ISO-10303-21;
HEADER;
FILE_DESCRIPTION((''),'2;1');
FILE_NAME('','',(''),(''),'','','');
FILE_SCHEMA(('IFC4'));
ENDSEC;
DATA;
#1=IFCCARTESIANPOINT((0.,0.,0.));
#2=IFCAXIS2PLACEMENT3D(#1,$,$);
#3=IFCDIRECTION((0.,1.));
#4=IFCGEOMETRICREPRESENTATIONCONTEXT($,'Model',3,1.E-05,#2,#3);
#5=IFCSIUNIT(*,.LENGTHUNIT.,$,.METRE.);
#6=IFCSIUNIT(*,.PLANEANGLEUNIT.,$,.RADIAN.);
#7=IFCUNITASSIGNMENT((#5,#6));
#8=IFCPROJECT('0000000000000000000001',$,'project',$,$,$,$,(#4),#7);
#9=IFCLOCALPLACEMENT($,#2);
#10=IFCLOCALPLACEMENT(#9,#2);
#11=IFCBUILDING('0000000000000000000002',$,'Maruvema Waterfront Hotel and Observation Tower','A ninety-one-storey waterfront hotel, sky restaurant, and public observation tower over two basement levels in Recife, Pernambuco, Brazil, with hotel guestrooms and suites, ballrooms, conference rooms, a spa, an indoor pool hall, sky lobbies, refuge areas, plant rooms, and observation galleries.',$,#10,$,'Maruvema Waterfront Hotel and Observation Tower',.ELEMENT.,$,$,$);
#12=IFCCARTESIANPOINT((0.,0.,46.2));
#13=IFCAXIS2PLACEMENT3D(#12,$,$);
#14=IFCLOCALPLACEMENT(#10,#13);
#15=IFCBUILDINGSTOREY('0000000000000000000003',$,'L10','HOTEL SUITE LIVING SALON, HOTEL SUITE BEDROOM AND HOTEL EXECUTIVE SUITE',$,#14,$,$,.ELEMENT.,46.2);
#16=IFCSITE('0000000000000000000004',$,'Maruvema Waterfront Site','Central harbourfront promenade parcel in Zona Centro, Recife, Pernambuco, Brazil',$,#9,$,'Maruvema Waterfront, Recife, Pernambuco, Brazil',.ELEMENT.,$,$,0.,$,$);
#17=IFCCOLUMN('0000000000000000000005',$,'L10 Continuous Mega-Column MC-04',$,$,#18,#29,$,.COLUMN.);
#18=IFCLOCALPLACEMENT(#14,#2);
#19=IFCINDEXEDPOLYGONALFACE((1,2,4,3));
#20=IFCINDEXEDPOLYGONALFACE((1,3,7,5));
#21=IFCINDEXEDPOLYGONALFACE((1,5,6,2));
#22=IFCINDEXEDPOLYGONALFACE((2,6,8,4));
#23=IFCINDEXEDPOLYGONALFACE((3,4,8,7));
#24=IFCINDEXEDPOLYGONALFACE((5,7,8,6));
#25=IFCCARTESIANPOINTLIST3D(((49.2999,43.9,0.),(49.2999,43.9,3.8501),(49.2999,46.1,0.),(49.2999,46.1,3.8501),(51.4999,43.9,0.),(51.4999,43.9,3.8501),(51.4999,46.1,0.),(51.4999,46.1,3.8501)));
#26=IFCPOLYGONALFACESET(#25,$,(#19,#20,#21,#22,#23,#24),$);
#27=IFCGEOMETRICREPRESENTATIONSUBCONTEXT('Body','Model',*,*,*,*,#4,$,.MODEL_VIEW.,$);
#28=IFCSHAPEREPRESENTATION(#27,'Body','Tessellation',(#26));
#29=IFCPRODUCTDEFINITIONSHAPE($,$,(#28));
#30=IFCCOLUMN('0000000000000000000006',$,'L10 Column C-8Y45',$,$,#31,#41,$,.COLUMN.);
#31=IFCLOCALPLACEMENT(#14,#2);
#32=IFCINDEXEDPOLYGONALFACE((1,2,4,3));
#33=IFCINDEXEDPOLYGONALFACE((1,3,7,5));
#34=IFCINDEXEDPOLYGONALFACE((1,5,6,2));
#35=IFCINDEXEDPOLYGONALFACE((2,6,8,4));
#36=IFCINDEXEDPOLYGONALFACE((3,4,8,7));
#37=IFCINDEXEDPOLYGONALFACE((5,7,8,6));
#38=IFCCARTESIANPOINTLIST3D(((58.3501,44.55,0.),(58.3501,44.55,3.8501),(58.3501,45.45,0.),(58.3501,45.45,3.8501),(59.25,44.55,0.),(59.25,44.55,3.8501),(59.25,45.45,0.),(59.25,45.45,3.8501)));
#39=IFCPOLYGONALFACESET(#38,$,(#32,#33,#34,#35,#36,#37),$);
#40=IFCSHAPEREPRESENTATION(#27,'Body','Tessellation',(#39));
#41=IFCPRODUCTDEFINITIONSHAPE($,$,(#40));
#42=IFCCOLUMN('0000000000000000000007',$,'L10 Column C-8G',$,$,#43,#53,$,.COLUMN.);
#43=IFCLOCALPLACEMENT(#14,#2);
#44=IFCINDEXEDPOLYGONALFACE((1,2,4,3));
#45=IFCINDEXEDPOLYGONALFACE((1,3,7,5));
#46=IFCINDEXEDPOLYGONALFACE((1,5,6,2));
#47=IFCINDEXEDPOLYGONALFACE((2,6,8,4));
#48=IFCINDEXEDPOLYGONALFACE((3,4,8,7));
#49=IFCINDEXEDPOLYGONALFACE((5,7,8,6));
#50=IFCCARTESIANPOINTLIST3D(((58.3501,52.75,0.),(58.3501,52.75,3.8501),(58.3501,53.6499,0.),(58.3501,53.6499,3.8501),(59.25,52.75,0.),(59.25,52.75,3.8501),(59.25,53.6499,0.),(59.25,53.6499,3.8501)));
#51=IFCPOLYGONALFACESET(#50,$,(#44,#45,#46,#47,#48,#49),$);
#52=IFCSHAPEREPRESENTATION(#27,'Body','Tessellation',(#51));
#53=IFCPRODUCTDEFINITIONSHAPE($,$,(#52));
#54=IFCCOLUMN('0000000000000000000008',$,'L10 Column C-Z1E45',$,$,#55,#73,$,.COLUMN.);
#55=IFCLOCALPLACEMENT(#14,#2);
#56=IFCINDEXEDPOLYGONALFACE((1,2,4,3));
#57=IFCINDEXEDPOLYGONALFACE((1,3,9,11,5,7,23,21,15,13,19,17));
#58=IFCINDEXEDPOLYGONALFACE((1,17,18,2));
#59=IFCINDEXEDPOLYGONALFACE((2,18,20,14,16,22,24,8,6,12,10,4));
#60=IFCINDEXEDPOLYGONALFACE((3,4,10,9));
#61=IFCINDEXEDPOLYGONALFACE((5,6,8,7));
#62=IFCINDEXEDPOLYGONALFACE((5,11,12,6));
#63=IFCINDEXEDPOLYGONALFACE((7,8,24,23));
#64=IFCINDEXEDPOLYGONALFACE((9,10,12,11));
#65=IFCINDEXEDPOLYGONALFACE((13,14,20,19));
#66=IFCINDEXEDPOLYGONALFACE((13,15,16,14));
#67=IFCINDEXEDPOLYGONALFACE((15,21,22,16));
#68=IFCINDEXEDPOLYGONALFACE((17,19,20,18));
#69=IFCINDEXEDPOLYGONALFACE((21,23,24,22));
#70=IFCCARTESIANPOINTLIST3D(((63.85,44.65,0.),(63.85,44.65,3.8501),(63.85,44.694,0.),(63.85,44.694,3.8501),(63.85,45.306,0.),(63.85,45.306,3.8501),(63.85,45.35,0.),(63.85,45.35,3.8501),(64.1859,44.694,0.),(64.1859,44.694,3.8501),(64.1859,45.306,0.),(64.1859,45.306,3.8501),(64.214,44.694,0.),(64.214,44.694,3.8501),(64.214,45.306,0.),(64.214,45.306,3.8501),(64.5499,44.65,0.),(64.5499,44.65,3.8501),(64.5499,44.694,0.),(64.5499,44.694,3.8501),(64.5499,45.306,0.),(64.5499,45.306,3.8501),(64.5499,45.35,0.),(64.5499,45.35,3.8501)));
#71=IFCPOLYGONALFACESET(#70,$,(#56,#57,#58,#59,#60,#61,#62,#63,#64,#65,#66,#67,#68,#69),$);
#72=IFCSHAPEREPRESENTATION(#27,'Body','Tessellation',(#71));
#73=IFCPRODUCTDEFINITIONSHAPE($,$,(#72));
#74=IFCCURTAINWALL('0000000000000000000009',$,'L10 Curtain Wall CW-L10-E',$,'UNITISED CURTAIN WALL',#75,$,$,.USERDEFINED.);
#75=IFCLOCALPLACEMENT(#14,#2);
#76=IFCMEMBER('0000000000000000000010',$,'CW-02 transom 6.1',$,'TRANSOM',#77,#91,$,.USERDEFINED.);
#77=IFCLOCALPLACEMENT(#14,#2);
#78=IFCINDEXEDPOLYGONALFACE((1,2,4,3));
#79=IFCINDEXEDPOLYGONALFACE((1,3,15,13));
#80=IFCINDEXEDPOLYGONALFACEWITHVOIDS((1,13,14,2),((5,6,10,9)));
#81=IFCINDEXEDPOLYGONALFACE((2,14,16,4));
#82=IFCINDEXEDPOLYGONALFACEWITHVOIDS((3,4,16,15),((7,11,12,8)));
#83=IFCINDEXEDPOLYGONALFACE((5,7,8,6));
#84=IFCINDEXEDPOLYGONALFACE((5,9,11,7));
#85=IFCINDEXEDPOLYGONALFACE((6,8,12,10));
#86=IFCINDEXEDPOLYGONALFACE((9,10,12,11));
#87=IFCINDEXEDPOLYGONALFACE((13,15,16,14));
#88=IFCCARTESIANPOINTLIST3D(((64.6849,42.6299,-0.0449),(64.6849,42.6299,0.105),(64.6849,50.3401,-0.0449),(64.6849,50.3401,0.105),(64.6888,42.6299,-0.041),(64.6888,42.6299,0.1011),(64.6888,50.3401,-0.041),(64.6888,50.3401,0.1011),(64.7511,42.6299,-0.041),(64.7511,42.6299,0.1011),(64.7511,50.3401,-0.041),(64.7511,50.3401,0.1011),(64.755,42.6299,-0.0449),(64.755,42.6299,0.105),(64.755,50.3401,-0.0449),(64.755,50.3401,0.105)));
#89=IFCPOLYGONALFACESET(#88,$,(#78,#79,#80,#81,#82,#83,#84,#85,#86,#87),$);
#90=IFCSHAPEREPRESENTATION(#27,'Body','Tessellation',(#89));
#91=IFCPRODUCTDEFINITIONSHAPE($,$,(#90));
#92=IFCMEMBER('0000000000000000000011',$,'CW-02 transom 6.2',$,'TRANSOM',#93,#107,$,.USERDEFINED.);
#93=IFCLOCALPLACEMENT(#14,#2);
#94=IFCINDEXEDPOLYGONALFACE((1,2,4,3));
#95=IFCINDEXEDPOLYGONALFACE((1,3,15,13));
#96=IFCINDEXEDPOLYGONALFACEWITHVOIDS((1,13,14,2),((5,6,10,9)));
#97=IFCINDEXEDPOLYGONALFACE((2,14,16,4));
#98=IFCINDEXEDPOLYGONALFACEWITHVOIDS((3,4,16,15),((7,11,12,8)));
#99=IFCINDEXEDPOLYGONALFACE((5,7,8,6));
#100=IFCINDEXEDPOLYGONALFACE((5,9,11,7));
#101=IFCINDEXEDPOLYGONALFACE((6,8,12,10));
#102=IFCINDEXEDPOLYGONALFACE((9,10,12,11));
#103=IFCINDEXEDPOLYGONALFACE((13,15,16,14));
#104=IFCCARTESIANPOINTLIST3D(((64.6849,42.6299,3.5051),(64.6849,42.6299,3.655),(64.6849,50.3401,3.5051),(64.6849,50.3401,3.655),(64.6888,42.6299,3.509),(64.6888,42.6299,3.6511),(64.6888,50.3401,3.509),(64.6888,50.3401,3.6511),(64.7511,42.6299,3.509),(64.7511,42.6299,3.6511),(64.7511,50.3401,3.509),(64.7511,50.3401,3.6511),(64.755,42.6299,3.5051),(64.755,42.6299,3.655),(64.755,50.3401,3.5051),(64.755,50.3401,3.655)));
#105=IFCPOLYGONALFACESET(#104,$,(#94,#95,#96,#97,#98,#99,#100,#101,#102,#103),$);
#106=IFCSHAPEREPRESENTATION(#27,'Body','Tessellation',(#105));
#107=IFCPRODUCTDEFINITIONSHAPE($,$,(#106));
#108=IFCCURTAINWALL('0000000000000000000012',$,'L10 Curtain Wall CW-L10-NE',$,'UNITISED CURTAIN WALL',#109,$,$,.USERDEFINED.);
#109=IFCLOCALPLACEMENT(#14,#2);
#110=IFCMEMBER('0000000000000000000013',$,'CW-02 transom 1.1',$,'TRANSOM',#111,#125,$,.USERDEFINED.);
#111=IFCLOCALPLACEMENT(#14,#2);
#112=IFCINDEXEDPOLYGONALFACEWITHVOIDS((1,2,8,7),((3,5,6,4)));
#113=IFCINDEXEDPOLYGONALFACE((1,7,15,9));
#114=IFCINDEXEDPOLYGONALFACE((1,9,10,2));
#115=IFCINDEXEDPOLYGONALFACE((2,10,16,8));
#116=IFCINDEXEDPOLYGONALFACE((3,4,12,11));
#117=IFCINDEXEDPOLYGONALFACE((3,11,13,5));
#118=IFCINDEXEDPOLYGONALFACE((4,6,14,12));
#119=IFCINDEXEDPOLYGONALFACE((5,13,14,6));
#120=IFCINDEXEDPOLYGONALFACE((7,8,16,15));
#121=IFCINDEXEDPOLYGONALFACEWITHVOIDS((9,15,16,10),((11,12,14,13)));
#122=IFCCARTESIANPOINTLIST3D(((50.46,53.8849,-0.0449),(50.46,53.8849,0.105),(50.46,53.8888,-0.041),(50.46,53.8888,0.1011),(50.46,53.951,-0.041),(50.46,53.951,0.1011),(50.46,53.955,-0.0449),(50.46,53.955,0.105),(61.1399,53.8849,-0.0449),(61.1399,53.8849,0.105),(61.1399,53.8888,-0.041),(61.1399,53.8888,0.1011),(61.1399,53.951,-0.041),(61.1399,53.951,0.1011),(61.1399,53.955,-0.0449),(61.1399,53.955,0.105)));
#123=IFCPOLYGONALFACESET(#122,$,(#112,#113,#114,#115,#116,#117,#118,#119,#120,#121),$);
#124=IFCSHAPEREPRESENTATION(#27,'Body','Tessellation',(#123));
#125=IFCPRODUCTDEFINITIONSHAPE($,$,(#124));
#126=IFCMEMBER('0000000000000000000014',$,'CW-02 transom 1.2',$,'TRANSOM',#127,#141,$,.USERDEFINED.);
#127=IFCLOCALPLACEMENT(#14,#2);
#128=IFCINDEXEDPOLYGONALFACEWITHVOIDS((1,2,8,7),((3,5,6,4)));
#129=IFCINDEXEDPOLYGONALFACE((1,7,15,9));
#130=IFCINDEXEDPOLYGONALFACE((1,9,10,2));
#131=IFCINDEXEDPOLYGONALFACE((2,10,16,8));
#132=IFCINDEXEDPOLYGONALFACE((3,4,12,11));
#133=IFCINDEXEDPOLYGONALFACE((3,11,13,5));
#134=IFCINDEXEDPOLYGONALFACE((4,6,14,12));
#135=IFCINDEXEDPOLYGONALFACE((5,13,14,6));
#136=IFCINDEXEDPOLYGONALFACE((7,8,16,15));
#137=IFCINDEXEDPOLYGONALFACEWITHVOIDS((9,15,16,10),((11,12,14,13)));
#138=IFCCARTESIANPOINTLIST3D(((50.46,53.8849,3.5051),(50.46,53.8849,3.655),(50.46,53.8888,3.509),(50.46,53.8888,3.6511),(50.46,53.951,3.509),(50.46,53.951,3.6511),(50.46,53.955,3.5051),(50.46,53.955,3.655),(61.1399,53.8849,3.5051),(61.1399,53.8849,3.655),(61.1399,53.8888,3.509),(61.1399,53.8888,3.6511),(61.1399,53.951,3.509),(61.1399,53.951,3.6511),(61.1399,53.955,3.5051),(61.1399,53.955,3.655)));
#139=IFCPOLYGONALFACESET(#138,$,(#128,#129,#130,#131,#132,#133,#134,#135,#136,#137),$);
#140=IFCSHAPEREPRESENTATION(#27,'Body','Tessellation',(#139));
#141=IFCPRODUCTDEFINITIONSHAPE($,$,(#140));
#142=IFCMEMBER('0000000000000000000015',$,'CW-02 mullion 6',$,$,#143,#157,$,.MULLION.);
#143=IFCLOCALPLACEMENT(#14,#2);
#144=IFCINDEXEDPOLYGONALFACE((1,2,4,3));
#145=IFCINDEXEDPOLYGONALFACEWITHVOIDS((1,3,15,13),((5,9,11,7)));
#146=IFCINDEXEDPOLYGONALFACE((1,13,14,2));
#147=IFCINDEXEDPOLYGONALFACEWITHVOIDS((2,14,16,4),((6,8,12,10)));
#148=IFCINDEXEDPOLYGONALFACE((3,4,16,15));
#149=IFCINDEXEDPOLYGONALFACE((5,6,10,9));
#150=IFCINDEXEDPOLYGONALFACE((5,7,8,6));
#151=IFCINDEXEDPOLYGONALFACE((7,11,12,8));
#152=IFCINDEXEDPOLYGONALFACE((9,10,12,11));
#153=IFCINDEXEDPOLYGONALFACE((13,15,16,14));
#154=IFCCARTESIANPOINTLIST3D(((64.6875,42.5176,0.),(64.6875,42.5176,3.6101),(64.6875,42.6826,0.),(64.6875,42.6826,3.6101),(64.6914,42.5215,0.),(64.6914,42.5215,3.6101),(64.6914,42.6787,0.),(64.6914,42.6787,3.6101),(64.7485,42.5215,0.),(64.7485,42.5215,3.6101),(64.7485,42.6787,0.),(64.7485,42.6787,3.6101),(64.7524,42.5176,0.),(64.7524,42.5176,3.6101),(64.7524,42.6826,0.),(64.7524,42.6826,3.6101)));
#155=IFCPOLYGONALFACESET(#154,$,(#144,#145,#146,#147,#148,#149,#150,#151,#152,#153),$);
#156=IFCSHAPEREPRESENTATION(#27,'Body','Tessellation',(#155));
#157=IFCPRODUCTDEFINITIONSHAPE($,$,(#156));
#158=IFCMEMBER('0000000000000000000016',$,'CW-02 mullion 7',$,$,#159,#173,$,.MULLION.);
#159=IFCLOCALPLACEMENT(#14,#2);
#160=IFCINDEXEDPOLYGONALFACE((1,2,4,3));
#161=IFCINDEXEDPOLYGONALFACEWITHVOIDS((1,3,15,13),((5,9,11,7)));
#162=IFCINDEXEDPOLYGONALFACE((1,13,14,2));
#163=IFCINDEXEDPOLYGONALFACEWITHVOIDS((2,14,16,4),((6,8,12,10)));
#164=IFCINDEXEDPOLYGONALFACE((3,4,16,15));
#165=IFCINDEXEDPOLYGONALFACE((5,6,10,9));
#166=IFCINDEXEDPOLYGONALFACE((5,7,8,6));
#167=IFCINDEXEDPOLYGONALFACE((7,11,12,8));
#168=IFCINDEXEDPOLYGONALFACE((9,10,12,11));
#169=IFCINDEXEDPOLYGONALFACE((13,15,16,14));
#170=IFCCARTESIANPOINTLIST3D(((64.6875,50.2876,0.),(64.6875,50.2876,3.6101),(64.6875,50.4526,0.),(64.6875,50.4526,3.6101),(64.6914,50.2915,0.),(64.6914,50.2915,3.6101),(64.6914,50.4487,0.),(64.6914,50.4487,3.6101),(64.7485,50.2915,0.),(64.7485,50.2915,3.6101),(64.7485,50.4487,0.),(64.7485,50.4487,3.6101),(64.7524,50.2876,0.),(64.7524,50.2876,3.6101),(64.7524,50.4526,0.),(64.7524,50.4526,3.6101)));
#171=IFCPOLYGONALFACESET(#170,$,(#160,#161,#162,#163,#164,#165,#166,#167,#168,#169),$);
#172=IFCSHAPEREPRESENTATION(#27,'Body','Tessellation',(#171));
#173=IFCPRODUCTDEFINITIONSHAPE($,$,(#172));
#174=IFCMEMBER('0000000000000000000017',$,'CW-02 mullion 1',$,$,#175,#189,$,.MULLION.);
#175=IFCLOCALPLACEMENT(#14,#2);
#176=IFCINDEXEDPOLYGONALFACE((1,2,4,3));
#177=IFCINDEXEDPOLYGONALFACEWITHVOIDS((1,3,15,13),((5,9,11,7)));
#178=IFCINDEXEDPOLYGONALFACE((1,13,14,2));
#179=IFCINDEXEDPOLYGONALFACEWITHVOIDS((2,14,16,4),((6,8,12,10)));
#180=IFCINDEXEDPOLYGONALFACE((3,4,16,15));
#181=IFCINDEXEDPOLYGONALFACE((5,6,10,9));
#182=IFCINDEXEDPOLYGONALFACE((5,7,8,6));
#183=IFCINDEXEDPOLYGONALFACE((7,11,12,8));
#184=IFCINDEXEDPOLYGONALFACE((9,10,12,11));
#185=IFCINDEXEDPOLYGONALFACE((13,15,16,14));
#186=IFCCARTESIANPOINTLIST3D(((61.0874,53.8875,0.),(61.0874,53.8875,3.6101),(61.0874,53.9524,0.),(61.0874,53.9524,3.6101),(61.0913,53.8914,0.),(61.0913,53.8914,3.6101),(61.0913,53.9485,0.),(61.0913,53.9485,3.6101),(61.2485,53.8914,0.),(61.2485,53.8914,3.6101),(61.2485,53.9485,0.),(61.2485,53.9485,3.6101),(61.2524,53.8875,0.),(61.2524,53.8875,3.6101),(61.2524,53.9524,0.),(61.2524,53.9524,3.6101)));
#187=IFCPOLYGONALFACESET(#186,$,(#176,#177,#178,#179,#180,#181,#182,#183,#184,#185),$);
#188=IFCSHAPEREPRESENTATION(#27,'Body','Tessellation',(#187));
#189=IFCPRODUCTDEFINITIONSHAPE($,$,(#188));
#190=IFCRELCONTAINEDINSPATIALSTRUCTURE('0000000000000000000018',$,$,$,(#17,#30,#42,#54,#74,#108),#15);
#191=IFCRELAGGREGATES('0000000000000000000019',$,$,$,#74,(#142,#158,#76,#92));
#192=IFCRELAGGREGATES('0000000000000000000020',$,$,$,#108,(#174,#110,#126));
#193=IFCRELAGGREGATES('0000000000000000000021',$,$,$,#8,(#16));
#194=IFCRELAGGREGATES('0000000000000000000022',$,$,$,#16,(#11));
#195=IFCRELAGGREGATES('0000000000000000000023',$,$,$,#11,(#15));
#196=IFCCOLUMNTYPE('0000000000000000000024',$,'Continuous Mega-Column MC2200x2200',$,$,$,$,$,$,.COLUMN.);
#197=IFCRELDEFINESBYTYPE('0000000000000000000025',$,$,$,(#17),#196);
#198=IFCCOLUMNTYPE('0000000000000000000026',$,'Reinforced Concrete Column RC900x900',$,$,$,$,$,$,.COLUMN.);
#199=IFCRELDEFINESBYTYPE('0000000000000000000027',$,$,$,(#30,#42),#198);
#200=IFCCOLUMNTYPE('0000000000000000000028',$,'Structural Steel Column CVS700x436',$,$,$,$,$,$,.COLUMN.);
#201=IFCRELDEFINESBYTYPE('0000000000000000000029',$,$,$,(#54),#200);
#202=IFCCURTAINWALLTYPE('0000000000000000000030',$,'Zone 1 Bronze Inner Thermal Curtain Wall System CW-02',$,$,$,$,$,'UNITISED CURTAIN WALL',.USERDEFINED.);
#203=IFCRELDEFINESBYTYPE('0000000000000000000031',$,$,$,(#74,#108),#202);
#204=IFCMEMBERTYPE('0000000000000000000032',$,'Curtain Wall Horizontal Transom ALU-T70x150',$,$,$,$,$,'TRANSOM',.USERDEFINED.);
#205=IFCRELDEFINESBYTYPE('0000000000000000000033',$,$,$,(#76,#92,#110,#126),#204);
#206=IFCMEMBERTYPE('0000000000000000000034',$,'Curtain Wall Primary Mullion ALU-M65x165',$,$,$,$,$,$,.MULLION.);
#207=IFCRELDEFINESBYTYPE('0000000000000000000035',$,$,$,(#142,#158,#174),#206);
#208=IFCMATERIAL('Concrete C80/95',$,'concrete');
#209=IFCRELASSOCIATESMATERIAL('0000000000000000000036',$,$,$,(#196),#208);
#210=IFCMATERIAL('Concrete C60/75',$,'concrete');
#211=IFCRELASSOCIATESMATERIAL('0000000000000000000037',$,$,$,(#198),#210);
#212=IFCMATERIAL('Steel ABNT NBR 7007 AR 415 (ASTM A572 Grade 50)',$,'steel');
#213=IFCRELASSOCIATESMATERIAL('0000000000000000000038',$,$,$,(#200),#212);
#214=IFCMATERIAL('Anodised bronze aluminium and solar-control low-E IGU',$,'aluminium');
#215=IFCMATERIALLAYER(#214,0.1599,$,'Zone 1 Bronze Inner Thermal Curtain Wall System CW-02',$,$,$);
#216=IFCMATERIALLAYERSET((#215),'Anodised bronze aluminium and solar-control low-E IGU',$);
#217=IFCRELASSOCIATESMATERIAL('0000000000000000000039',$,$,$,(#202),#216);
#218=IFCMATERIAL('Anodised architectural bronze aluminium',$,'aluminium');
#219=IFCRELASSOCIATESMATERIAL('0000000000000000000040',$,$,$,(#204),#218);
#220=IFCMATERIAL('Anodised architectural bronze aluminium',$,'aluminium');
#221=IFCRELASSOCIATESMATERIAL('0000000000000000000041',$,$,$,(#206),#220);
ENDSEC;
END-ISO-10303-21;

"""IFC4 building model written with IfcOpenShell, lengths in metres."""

from ifc_helpers import new_model, si_unit, direction, frame, origin, origin_2d, place, context, subcontext, project, spatial, rectangle, hollow_rectangle, i_section, extrude, material, layer, layer_set, material_profile, profile_set, type_object, element, aggregate, save


model = new_model("IFC4")

# Units and contexts
model_context = context("Model", 3, precision=1e-05, world=origin(), true_north=direction((0.0, 1.0)))
body_context = subcontext(model_context, "Body", "Model", "MODEL_VIEW")
ifc_project = project(units=[si_unit("LENGTHUNIT", "METRE"), si_unit("PLANEANGLEUNIT", "RADIAN")], contexts=[model_context])

# Site, building, storey
site_placement = place(None, origin())
site = spatial("IfcSite", under=ifc_project, at=site_placement, Name="Maruvema Waterfront Site", Description="Central harbourfront promenade parcel in Zona Centro, Recife, Pernambuco, Brazil", LongName="Maruvema Waterfront, Recife, Pernambuco, Brazil", CompositionType="ELEMENT", RefElevation=0.0)
building_placement = place(site_placement, origin())
building = spatial("IfcBuilding", under=site, at=building_placement, Name="Maruvema Waterfront Hotel and Observation Tower", Description="A ninety-one-storey waterfront hotel, sky restaurant, and public observation tower over two basement levels in Recife, Pernambuco, Brazil, with hotel guestrooms and suites, ballrooms, conference rooms, a spa, an indoor pool hall, sky lobbies, refuge areas, plant rooms, and observation galleries.", LongName="Maruvema Waterfront Hotel and Observation Tower", CompositionType="ELEMENT")
storey_placement = place(building_placement, frame((0.0, 0.0, 46.2)))
storey = spatial("IfcBuildingStorey", under=building, at=storey_placement, Name="L10", Description="HOTEL SUITE LIVING SALON, HOTEL SUITE BEDROOM AND HOTEL EXECUTIVE SUITE", CompositionType="ELEMENT", Elevation=46.2)

# Columns
ifc_material_1 = material(Name="Concrete C80/95", Category="concrete")
ifc_material_profile_1 = material_profile(ifc_material_1, rectangle(XDim=2.2, YDim=2.2, at=origin_2d()), Name="MC2200x2200")
ifc_profile_set_1 = profile_set([ifc_material_profile_1], Name="Concrete C80/95")
column_type_1 = type_object("IfcColumnType", Name="Continuous Mega-Column MC2200x2200", PredefinedType="COLUMN", material=ifc_profile_set_1)
column_1_placement = place(storey_placement, frame((50.3999, 45.0, 0.0), z_axis=(0.0, 0.0, 1.0), x_axis=(1.0, 0.0, 0.0)))
element("IfcColumn", 1, at=column_1_placement, inside=storey, type_object=column_type_1, Name="L10 Continuous Mega-Column MC-04", PredefinedType="COLUMN", context=body_context, shape_type="SweptSolid", body=[
    extrude(rectangle(XDim=2.2, YDim=2.2, at=origin_2d()), origin(), (0.0, 0.0, 1.0), 3.8501),
])
ifc_material_2 = material(Name="Concrete C60/75", Category="concrete")
ifc_material_profile_2 = material_profile(ifc_material_2, rectangle(XDim=0.8999, YDim=0.8999, at=origin_2d()), Name="RC900x900")
ifc_profile_set_2 = profile_set([ifc_material_profile_2], Name="Concrete C60/75")
column_type_2 = type_object("IfcColumnType", Name="Reinforced Concrete Column RC900x900", PredefinedType="COLUMN", material=ifc_profile_set_2)
for number, where, z_axis, x_axis, name in (
    (2, (58.8, 45.0, 0.0), (0.0, 0.0, 1.0), (1.0, 0.0, 0.0), "L10 Column C-8Y45"),
    (3, (58.8, 53.2, 0.0), (0.0, 0.0, 1.0), (1.0, 0.0, 0.0), "L10 Column C-8G"),
):
    element("IfcColumn", number, at=place(storey_placement, frame(where, z_axis=z_axis, x_axis=x_axis)), inside=storey, type_object=column_type_2, Name=name, PredefinedType="COLUMN", context=body_context, shape_type="SweptSolid", body=[
        extrude(rectangle(XDim=0.8999, YDim=0.8999, at=origin_2d()), origin(), (0.0, 0.0, 1.0), 3.8501),
    ])
ifc_material_3 = material(Name="Steel ABNT NBR 7007 AR 415 (ASTM A572 Grade 50)", Category="steel")
ifc_material_profile_3 = material_profile(ifc_material_3, i_section(OverallWidth=0.7, OverallDepth=0.7, WebThickness=0.0281, FlangeThickness=0.0439, at=origin_2d()), Name="CVS700x436")
ifc_profile_set_3 = profile_set([ifc_material_profile_3], Name="Steel ABNT NBR 7007 AR 415 (ASTM A572 Grade 50)")
column_type_3 = type_object("IfcColumnType", Name="Structural Steel Column CVS700x436", PredefinedType="COLUMN", material=ifc_profile_set_3)
column_2_placement = place(storey_placement, frame((64.2, 45.0, 0.0), z_axis=(0.0, 0.0, 1.0), x_axis=(1.0, 0.0, 0.0)))
element("IfcColumn", 4, at=column_2_placement, inside=storey, type_object=column_type_3, Name="L10 Column C-Z1E45", PredefinedType="COLUMN", context=body_context, shape_type="SweptSolid", body=[
    extrude(i_section(OverallWidth=0.7, OverallDepth=0.7, WebThickness=0.0281, FlangeThickness=0.0439, at=origin_2d()), origin(), (0.0, 0.0, 1.0), 3.8501),
])

# Curtain walls, members
ifc_material_4 = material(Name="Anodised bronze aluminium and solar-control low-E IGU", Category="aluminium")
ifc_layer_1 = layer(ifc_material_4, 0.1599, Name="Zone 1 Bronze Inner Thermal Curtain Wall System CW-02")
ifc_layer_set_1 = layer_set([ifc_layer_1], Name="Anodised bronze aluminium and solar-control low-E IGU")
curtain_wall_type = type_object("IfcCurtainWallType", Name="Zone 1 Bronze Inner Thermal Curtain Wall System CW-02", ElementType="UNITISED CURTAIN WALL", PredefinedType="USERDEFINED", material=ifc_layer_set_1)
curtain_wall_1_placement = place(storey_placement, origin())
curtain_wall_1 = element("IfcCurtainWall", 5, at=curtain_wall_1_placement, inside=storey, type_object=curtain_wall_type, Name="L10 Curtain Wall CW-L10-E", ObjectType="UNITISED CURTAIN WALL", PredefinedType="USERDEFINED")
ifc_material_5 = material(Name="Anodised architectural bronze aluminium", Category="aluminium")
ifc_material_profile_4 = material_profile(ifc_material_5, hollow_rectangle(XDim=0.0701, YDim=0.1499, WallThickness=0.0039, at=origin_2d()), Name="ALU-T70x150")
ifc_profile_set_4 = profile_set([ifc_material_profile_4], Name="Anodised architectural bronze aluminium")
member_type_1 = type_object("IfcMemberType", Name="Curtain Wall Horizontal Transom ALU-T70x150", ElementType="TRANSOM", PredefinedType="USERDEFINED", material=ifc_profile_set_4)
member_1_placement = place(storey_placement, frame((64.72, 42.6299, 0.03), z_axis=(0.0, 1.0, 0.0), x_axis=(-1.0, 0.0, 0.0)))
member_1 = element("IfcMember", 6, at=member_1_placement, type_object=member_type_1, Name="CW-02 transom 6.1", ObjectType="TRANSOM", PredefinedType="USERDEFINED", context=body_context, shape_type="SweptSolid", body=[
    extrude(hollow_rectangle(XDim=0.0701, YDim=0.1499, WallThickness=0.0039, at=origin_2d()), origin(), (0.0, 0.0, 1.0), 7.7102),
])
member_2_placement = place(storey_placement, frame((64.72, 42.6299, 3.5801), z_axis=(0.0, 1.0, 0.0), x_axis=(-1.0, 0.0, 0.0)))
member_2 = element("IfcMember", 7, at=member_2_placement, type_object=member_type_1, Name="CW-02 transom 6.2", ObjectType="TRANSOM", PredefinedType="USERDEFINED", context=body_context, shape_type="SweptSolid", body=[
    extrude(hollow_rectangle(XDim=0.0701, YDim=0.1499, WallThickness=0.0039, at=origin_2d()), origin(), (0.0, 0.0, 1.0), 7.7102),
])
curtain_wall_2_placement = place(storey_placement, origin())
curtain_wall_2 = element("IfcCurtainWall", 8, at=curtain_wall_2_placement, inside=storey, type_object=curtain_wall_type, Name="L10 Curtain Wall CW-L10-NE", ObjectType="UNITISED CURTAIN WALL", PredefinedType="USERDEFINED")
member_3_placement = place(storey_placement, frame((61.1399, 53.9199, 0.03), z_axis=(-1.0, 0.0, 0.0), x_axis=(0.0, -1.0, 0.0)))
member_3 = element("IfcMember", 9, at=member_3_placement, type_object=member_type_1, Name="CW-02 transom 1.1", ObjectType="TRANSOM", PredefinedType="USERDEFINED", context=body_context, shape_type="SweptSolid", body=[
    extrude(hollow_rectangle(XDim=0.0701, YDim=0.1499, WallThickness=0.0039, at=origin_2d()), origin(), (0.0, 0.0, 1.0), 10.6799),
])
member_4_placement = place(storey_placement, frame((61.1399, 53.9199, 3.5801), z_axis=(-1.0, 0.0, 0.0), x_axis=(0.0, -1.0, 0.0)))
member_4 = element("IfcMember", 10, at=member_4_placement, type_object=member_type_1, Name="CW-02 transom 1.2", ObjectType="TRANSOM", PredefinedType="USERDEFINED", context=body_context, shape_type="SweptSolid", body=[
    extrude(hollow_rectangle(XDim=0.0701, YDim=0.1499, WallThickness=0.0039, at=origin_2d()), origin(), (0.0, 0.0, 1.0), 10.6799),
])

# Members
ifc_material_6 = material(Name="Anodised architectural bronze aluminium", Category="aluminium")
ifc_material_profile_5 = material_profile(ifc_material_6, hollow_rectangle(XDim=0.0649, YDim=0.165, WallThickness=0.0039, at=origin_2d()), Name="ALU-M65x165")
ifc_profile_set_5 = profile_set([ifc_material_profile_5], Name="Anodised architectural bronze aluminium")
member_type_2 = type_object("IfcMemberType", Name="Curtain Wall Primary Mullion ALU-M65x165", PredefinedType="MULLION", material=ifc_profile_set_5)
member_5_placement = place(storey_placement, frame((64.72, 42.6001, 0.0), z_axis=(0.0, 0.0, 1.0), x_axis=(-1.0, 0.0, 0.0)))
member_5 = element("IfcMember", 11, at=member_5_placement, type_object=member_type_2, Name="CW-02 mullion 6", PredefinedType="MULLION", context=body_context, shape_type="SweptSolid", body=[
    extrude(hollow_rectangle(XDim=0.0649, YDim=0.165, WallThickness=0.0039, at=origin_2d()), origin(), (0.0, 0.0, 1.0), 3.6101),
])
member_6_placement = place(storey_placement, frame((64.72, 50.3701, 0.0), z_axis=(0.0, 0.0, 1.0), x_axis=(-1.0, 0.0, 0.0)))
member_6 = element("IfcMember", 12, at=member_6_placement, type_object=member_type_2, Name="CW-02 mullion 7", PredefinedType="MULLION", context=body_context, shape_type="SweptSolid", body=[
    extrude(hollow_rectangle(XDim=0.0649, YDim=0.165, WallThickness=0.0039, at=origin_2d()), origin(), (0.0, 0.0, 1.0), 3.6101),
])
member_7_placement = place(storey_placement, frame((61.1699, 53.9199, 0.0), z_axis=(0.0, 0.0, 1.0), x_axis=(0.0, -1.0, 0.0)))
member_7 = element("IfcMember", 13, at=member_7_placement, type_object=member_type_2, Name="CW-02 mullion 1", PredefinedType="MULLION", context=body_context, shape_type="SweptSolid", body=[
    extrude(hollow_rectangle(XDim=0.0649, YDim=0.165, WallThickness=0.0039, at=origin_2d()), origin(), (0.0, 0.0, 1.0), 3.6101),
])

aggregate(curtain_wall_1, [member_5, member_6, member_1, member_2])
aggregate(curtain_wall_2, [member_7, member_3, member_4])

save(model, "model.ifc")
